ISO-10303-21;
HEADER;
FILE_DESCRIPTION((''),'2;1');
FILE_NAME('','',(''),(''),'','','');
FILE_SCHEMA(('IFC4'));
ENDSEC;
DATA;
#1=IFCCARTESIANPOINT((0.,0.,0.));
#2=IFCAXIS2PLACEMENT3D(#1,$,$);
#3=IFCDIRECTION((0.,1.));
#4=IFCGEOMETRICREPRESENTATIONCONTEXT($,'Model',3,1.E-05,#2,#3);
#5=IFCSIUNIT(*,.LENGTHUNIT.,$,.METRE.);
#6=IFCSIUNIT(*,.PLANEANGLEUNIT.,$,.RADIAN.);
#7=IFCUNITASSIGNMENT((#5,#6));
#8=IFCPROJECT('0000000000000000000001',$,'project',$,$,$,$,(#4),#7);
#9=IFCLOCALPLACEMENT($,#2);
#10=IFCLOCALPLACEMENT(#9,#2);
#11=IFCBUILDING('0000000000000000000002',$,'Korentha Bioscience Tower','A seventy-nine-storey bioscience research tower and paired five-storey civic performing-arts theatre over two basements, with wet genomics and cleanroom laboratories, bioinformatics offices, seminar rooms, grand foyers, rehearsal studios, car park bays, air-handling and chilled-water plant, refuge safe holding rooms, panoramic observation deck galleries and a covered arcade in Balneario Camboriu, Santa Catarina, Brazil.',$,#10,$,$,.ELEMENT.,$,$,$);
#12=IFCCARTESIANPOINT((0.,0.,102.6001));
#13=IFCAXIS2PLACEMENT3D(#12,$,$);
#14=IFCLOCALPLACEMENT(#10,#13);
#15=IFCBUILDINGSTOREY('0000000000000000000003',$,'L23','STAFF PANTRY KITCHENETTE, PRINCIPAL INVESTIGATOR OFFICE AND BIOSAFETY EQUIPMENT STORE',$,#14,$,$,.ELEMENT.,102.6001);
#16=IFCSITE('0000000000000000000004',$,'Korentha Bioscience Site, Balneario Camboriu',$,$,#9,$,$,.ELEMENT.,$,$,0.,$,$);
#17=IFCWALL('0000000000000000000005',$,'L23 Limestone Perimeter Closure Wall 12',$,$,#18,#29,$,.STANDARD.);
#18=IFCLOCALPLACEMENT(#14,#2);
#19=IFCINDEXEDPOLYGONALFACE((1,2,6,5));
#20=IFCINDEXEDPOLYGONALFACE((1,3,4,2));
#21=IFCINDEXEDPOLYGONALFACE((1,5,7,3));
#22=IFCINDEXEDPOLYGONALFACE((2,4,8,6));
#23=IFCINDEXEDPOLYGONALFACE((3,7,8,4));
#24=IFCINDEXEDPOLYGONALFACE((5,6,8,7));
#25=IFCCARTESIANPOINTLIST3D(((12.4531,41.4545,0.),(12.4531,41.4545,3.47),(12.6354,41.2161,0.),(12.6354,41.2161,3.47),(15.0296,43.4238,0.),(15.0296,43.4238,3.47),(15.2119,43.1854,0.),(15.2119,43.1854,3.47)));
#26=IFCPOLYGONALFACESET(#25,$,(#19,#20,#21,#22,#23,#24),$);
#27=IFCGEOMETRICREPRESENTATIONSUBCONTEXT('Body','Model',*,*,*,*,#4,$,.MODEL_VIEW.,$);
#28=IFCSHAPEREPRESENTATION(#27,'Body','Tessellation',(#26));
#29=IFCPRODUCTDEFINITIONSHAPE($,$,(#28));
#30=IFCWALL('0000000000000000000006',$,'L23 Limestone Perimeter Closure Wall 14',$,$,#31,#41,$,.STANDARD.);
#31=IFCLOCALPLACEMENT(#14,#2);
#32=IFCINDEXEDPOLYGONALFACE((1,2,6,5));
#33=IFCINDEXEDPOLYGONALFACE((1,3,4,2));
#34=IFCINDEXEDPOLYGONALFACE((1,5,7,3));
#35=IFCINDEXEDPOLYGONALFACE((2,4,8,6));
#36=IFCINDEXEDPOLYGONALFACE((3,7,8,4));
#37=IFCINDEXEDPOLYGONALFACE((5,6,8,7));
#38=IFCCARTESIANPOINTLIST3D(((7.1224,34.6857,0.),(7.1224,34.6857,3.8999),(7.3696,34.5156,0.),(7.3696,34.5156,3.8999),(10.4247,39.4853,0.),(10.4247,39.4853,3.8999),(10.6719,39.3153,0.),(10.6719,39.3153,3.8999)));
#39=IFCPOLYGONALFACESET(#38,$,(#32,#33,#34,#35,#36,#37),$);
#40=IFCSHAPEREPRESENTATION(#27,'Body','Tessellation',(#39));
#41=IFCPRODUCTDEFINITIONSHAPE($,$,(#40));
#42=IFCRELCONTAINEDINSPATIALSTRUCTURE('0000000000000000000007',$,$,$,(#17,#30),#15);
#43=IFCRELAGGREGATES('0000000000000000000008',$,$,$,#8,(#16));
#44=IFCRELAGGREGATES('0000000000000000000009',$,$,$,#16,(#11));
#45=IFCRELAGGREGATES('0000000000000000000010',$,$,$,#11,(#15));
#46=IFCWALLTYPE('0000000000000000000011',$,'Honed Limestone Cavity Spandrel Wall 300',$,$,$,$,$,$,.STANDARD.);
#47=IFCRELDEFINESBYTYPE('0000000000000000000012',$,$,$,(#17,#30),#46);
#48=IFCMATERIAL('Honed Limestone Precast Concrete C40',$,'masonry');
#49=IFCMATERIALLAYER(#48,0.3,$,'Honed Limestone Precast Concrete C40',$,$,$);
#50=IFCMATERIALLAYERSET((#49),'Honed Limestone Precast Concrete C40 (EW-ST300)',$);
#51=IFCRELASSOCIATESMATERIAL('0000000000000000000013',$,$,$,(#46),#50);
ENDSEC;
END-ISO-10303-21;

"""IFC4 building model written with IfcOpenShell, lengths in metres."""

from ifc_helpers import new_model, si_unit, direction, frame, frame_2d, origin, place, context, subcontext, project, spatial, rectangle, extrude, material, layer, layer_set, type_object, element, save


model = new_model("IFC4")

# Units and contexts
model_context = context("Model", 3, precision=1e-05, world=origin(), true_north=direction((0.0, 1.0)))
body_context = subcontext(model_context, "Body", "Model", "MODEL_VIEW")
ifc_project = project(units=[si_unit("LENGTHUNIT", "METRE"), si_unit("PLANEANGLEUNIT", "RADIAN")], contexts=[model_context])

# Site, building, storey
site_placement = place(None, origin())
site = spatial("IfcSite", under=ifc_project, at=site_placement, Name="Korentha Bioscience Site, Balneario Camboriu", CompositionType="ELEMENT", RefElevation=0.0)
building_placement = place(site_placement, origin())
building = spatial("IfcBuilding", under=site, at=building_placement, Name="Korentha Bioscience Tower", Description="A seventy-nine-storey bioscience research tower and paired five-storey civic performing-arts theatre over two basements, with wet genomics and cleanroom laboratories, bioinformatics offices, seminar rooms, grand foyers, rehearsal studios, car park bays, air-handling and chilled-water plant, refuge safe holding rooms, panoramic observation deck galleries and a covered arcade in Balneario Camboriu, Santa Catarina, Brazil.", CompositionType="ELEMENT")
storey_placement = place(building_placement, frame((0.0, 0.0, 102.6001)))
storey = spatial("IfcBuildingStorey", under=building, at=storey_placement, Name="L23", Description="STAFF PANTRY KITCHENETTE, PRINCIPAL INVESTIGATOR OFFICE AND BIOSAFETY EQUIPMENT STORE", CompositionType="ELEMENT", Elevation=102.6001)

# Walls
ifc_material_1 = material(Name="Honed Limestone Precast Concrete C40", Category="masonry")
ifc_layer_1 = layer(ifc_material_1, 0.3, Name="Honed Limestone Precast Concrete C40")
ifc_layer_set_1 = layer_set([ifc_layer_1], Name="Honed Limestone Precast Concrete C40 (EW-ST300)")
wall_type_1 = type_object("IfcWallType", Name="Honed Limestone Cavity Spandrel Wall 300", PredefinedType="STANDARD", material=ifc_layer_set_1)
wall_1_placement = place(storey_placement, frame((15.1208, 43.3047, 0.0), z_axis=(0.0, 0.0, 1.0), x_axis=(-0.794501, -0.607263, 0.0)))
element("IfcWall", 1, at=wall_1_placement, inside=storey, type_object=wall_type_1, Name="L23 Limestone Perimeter Closure Wall 12", PredefinedType="STANDARD", context=body_context, shape_type="SweptSolid", body=[
    extrude(rectangle(XDim=3.2429, YDim=0.3, at=frame_2d((1.6216, 0.0))), origin(), (0.0, 0.0, 1.0), 3.47),
])
wall_2_placement = place(storey_placement, frame((10.5483, 39.4004, 0.0), z_axis=(0.0, 0.0, 1.0), x_axis=(-0.566826, -0.823838, 0.0)))
element("IfcWall", 2, at=wall_2_placement, inside=storey, type_object=wall_type_1, Name="L23 Limestone Perimeter Closure Wall 14", PredefinedType="STANDARD", context=body_context, shape_type="SweptSolid", body=[
    extrude(rectangle(XDim=5.8259, YDim=0.3, at=frame_2d((2.9131, 0.0))), origin(), (0.0, 0.0, 1.0), 3.8999),
])

save(model, "model.ifc")
